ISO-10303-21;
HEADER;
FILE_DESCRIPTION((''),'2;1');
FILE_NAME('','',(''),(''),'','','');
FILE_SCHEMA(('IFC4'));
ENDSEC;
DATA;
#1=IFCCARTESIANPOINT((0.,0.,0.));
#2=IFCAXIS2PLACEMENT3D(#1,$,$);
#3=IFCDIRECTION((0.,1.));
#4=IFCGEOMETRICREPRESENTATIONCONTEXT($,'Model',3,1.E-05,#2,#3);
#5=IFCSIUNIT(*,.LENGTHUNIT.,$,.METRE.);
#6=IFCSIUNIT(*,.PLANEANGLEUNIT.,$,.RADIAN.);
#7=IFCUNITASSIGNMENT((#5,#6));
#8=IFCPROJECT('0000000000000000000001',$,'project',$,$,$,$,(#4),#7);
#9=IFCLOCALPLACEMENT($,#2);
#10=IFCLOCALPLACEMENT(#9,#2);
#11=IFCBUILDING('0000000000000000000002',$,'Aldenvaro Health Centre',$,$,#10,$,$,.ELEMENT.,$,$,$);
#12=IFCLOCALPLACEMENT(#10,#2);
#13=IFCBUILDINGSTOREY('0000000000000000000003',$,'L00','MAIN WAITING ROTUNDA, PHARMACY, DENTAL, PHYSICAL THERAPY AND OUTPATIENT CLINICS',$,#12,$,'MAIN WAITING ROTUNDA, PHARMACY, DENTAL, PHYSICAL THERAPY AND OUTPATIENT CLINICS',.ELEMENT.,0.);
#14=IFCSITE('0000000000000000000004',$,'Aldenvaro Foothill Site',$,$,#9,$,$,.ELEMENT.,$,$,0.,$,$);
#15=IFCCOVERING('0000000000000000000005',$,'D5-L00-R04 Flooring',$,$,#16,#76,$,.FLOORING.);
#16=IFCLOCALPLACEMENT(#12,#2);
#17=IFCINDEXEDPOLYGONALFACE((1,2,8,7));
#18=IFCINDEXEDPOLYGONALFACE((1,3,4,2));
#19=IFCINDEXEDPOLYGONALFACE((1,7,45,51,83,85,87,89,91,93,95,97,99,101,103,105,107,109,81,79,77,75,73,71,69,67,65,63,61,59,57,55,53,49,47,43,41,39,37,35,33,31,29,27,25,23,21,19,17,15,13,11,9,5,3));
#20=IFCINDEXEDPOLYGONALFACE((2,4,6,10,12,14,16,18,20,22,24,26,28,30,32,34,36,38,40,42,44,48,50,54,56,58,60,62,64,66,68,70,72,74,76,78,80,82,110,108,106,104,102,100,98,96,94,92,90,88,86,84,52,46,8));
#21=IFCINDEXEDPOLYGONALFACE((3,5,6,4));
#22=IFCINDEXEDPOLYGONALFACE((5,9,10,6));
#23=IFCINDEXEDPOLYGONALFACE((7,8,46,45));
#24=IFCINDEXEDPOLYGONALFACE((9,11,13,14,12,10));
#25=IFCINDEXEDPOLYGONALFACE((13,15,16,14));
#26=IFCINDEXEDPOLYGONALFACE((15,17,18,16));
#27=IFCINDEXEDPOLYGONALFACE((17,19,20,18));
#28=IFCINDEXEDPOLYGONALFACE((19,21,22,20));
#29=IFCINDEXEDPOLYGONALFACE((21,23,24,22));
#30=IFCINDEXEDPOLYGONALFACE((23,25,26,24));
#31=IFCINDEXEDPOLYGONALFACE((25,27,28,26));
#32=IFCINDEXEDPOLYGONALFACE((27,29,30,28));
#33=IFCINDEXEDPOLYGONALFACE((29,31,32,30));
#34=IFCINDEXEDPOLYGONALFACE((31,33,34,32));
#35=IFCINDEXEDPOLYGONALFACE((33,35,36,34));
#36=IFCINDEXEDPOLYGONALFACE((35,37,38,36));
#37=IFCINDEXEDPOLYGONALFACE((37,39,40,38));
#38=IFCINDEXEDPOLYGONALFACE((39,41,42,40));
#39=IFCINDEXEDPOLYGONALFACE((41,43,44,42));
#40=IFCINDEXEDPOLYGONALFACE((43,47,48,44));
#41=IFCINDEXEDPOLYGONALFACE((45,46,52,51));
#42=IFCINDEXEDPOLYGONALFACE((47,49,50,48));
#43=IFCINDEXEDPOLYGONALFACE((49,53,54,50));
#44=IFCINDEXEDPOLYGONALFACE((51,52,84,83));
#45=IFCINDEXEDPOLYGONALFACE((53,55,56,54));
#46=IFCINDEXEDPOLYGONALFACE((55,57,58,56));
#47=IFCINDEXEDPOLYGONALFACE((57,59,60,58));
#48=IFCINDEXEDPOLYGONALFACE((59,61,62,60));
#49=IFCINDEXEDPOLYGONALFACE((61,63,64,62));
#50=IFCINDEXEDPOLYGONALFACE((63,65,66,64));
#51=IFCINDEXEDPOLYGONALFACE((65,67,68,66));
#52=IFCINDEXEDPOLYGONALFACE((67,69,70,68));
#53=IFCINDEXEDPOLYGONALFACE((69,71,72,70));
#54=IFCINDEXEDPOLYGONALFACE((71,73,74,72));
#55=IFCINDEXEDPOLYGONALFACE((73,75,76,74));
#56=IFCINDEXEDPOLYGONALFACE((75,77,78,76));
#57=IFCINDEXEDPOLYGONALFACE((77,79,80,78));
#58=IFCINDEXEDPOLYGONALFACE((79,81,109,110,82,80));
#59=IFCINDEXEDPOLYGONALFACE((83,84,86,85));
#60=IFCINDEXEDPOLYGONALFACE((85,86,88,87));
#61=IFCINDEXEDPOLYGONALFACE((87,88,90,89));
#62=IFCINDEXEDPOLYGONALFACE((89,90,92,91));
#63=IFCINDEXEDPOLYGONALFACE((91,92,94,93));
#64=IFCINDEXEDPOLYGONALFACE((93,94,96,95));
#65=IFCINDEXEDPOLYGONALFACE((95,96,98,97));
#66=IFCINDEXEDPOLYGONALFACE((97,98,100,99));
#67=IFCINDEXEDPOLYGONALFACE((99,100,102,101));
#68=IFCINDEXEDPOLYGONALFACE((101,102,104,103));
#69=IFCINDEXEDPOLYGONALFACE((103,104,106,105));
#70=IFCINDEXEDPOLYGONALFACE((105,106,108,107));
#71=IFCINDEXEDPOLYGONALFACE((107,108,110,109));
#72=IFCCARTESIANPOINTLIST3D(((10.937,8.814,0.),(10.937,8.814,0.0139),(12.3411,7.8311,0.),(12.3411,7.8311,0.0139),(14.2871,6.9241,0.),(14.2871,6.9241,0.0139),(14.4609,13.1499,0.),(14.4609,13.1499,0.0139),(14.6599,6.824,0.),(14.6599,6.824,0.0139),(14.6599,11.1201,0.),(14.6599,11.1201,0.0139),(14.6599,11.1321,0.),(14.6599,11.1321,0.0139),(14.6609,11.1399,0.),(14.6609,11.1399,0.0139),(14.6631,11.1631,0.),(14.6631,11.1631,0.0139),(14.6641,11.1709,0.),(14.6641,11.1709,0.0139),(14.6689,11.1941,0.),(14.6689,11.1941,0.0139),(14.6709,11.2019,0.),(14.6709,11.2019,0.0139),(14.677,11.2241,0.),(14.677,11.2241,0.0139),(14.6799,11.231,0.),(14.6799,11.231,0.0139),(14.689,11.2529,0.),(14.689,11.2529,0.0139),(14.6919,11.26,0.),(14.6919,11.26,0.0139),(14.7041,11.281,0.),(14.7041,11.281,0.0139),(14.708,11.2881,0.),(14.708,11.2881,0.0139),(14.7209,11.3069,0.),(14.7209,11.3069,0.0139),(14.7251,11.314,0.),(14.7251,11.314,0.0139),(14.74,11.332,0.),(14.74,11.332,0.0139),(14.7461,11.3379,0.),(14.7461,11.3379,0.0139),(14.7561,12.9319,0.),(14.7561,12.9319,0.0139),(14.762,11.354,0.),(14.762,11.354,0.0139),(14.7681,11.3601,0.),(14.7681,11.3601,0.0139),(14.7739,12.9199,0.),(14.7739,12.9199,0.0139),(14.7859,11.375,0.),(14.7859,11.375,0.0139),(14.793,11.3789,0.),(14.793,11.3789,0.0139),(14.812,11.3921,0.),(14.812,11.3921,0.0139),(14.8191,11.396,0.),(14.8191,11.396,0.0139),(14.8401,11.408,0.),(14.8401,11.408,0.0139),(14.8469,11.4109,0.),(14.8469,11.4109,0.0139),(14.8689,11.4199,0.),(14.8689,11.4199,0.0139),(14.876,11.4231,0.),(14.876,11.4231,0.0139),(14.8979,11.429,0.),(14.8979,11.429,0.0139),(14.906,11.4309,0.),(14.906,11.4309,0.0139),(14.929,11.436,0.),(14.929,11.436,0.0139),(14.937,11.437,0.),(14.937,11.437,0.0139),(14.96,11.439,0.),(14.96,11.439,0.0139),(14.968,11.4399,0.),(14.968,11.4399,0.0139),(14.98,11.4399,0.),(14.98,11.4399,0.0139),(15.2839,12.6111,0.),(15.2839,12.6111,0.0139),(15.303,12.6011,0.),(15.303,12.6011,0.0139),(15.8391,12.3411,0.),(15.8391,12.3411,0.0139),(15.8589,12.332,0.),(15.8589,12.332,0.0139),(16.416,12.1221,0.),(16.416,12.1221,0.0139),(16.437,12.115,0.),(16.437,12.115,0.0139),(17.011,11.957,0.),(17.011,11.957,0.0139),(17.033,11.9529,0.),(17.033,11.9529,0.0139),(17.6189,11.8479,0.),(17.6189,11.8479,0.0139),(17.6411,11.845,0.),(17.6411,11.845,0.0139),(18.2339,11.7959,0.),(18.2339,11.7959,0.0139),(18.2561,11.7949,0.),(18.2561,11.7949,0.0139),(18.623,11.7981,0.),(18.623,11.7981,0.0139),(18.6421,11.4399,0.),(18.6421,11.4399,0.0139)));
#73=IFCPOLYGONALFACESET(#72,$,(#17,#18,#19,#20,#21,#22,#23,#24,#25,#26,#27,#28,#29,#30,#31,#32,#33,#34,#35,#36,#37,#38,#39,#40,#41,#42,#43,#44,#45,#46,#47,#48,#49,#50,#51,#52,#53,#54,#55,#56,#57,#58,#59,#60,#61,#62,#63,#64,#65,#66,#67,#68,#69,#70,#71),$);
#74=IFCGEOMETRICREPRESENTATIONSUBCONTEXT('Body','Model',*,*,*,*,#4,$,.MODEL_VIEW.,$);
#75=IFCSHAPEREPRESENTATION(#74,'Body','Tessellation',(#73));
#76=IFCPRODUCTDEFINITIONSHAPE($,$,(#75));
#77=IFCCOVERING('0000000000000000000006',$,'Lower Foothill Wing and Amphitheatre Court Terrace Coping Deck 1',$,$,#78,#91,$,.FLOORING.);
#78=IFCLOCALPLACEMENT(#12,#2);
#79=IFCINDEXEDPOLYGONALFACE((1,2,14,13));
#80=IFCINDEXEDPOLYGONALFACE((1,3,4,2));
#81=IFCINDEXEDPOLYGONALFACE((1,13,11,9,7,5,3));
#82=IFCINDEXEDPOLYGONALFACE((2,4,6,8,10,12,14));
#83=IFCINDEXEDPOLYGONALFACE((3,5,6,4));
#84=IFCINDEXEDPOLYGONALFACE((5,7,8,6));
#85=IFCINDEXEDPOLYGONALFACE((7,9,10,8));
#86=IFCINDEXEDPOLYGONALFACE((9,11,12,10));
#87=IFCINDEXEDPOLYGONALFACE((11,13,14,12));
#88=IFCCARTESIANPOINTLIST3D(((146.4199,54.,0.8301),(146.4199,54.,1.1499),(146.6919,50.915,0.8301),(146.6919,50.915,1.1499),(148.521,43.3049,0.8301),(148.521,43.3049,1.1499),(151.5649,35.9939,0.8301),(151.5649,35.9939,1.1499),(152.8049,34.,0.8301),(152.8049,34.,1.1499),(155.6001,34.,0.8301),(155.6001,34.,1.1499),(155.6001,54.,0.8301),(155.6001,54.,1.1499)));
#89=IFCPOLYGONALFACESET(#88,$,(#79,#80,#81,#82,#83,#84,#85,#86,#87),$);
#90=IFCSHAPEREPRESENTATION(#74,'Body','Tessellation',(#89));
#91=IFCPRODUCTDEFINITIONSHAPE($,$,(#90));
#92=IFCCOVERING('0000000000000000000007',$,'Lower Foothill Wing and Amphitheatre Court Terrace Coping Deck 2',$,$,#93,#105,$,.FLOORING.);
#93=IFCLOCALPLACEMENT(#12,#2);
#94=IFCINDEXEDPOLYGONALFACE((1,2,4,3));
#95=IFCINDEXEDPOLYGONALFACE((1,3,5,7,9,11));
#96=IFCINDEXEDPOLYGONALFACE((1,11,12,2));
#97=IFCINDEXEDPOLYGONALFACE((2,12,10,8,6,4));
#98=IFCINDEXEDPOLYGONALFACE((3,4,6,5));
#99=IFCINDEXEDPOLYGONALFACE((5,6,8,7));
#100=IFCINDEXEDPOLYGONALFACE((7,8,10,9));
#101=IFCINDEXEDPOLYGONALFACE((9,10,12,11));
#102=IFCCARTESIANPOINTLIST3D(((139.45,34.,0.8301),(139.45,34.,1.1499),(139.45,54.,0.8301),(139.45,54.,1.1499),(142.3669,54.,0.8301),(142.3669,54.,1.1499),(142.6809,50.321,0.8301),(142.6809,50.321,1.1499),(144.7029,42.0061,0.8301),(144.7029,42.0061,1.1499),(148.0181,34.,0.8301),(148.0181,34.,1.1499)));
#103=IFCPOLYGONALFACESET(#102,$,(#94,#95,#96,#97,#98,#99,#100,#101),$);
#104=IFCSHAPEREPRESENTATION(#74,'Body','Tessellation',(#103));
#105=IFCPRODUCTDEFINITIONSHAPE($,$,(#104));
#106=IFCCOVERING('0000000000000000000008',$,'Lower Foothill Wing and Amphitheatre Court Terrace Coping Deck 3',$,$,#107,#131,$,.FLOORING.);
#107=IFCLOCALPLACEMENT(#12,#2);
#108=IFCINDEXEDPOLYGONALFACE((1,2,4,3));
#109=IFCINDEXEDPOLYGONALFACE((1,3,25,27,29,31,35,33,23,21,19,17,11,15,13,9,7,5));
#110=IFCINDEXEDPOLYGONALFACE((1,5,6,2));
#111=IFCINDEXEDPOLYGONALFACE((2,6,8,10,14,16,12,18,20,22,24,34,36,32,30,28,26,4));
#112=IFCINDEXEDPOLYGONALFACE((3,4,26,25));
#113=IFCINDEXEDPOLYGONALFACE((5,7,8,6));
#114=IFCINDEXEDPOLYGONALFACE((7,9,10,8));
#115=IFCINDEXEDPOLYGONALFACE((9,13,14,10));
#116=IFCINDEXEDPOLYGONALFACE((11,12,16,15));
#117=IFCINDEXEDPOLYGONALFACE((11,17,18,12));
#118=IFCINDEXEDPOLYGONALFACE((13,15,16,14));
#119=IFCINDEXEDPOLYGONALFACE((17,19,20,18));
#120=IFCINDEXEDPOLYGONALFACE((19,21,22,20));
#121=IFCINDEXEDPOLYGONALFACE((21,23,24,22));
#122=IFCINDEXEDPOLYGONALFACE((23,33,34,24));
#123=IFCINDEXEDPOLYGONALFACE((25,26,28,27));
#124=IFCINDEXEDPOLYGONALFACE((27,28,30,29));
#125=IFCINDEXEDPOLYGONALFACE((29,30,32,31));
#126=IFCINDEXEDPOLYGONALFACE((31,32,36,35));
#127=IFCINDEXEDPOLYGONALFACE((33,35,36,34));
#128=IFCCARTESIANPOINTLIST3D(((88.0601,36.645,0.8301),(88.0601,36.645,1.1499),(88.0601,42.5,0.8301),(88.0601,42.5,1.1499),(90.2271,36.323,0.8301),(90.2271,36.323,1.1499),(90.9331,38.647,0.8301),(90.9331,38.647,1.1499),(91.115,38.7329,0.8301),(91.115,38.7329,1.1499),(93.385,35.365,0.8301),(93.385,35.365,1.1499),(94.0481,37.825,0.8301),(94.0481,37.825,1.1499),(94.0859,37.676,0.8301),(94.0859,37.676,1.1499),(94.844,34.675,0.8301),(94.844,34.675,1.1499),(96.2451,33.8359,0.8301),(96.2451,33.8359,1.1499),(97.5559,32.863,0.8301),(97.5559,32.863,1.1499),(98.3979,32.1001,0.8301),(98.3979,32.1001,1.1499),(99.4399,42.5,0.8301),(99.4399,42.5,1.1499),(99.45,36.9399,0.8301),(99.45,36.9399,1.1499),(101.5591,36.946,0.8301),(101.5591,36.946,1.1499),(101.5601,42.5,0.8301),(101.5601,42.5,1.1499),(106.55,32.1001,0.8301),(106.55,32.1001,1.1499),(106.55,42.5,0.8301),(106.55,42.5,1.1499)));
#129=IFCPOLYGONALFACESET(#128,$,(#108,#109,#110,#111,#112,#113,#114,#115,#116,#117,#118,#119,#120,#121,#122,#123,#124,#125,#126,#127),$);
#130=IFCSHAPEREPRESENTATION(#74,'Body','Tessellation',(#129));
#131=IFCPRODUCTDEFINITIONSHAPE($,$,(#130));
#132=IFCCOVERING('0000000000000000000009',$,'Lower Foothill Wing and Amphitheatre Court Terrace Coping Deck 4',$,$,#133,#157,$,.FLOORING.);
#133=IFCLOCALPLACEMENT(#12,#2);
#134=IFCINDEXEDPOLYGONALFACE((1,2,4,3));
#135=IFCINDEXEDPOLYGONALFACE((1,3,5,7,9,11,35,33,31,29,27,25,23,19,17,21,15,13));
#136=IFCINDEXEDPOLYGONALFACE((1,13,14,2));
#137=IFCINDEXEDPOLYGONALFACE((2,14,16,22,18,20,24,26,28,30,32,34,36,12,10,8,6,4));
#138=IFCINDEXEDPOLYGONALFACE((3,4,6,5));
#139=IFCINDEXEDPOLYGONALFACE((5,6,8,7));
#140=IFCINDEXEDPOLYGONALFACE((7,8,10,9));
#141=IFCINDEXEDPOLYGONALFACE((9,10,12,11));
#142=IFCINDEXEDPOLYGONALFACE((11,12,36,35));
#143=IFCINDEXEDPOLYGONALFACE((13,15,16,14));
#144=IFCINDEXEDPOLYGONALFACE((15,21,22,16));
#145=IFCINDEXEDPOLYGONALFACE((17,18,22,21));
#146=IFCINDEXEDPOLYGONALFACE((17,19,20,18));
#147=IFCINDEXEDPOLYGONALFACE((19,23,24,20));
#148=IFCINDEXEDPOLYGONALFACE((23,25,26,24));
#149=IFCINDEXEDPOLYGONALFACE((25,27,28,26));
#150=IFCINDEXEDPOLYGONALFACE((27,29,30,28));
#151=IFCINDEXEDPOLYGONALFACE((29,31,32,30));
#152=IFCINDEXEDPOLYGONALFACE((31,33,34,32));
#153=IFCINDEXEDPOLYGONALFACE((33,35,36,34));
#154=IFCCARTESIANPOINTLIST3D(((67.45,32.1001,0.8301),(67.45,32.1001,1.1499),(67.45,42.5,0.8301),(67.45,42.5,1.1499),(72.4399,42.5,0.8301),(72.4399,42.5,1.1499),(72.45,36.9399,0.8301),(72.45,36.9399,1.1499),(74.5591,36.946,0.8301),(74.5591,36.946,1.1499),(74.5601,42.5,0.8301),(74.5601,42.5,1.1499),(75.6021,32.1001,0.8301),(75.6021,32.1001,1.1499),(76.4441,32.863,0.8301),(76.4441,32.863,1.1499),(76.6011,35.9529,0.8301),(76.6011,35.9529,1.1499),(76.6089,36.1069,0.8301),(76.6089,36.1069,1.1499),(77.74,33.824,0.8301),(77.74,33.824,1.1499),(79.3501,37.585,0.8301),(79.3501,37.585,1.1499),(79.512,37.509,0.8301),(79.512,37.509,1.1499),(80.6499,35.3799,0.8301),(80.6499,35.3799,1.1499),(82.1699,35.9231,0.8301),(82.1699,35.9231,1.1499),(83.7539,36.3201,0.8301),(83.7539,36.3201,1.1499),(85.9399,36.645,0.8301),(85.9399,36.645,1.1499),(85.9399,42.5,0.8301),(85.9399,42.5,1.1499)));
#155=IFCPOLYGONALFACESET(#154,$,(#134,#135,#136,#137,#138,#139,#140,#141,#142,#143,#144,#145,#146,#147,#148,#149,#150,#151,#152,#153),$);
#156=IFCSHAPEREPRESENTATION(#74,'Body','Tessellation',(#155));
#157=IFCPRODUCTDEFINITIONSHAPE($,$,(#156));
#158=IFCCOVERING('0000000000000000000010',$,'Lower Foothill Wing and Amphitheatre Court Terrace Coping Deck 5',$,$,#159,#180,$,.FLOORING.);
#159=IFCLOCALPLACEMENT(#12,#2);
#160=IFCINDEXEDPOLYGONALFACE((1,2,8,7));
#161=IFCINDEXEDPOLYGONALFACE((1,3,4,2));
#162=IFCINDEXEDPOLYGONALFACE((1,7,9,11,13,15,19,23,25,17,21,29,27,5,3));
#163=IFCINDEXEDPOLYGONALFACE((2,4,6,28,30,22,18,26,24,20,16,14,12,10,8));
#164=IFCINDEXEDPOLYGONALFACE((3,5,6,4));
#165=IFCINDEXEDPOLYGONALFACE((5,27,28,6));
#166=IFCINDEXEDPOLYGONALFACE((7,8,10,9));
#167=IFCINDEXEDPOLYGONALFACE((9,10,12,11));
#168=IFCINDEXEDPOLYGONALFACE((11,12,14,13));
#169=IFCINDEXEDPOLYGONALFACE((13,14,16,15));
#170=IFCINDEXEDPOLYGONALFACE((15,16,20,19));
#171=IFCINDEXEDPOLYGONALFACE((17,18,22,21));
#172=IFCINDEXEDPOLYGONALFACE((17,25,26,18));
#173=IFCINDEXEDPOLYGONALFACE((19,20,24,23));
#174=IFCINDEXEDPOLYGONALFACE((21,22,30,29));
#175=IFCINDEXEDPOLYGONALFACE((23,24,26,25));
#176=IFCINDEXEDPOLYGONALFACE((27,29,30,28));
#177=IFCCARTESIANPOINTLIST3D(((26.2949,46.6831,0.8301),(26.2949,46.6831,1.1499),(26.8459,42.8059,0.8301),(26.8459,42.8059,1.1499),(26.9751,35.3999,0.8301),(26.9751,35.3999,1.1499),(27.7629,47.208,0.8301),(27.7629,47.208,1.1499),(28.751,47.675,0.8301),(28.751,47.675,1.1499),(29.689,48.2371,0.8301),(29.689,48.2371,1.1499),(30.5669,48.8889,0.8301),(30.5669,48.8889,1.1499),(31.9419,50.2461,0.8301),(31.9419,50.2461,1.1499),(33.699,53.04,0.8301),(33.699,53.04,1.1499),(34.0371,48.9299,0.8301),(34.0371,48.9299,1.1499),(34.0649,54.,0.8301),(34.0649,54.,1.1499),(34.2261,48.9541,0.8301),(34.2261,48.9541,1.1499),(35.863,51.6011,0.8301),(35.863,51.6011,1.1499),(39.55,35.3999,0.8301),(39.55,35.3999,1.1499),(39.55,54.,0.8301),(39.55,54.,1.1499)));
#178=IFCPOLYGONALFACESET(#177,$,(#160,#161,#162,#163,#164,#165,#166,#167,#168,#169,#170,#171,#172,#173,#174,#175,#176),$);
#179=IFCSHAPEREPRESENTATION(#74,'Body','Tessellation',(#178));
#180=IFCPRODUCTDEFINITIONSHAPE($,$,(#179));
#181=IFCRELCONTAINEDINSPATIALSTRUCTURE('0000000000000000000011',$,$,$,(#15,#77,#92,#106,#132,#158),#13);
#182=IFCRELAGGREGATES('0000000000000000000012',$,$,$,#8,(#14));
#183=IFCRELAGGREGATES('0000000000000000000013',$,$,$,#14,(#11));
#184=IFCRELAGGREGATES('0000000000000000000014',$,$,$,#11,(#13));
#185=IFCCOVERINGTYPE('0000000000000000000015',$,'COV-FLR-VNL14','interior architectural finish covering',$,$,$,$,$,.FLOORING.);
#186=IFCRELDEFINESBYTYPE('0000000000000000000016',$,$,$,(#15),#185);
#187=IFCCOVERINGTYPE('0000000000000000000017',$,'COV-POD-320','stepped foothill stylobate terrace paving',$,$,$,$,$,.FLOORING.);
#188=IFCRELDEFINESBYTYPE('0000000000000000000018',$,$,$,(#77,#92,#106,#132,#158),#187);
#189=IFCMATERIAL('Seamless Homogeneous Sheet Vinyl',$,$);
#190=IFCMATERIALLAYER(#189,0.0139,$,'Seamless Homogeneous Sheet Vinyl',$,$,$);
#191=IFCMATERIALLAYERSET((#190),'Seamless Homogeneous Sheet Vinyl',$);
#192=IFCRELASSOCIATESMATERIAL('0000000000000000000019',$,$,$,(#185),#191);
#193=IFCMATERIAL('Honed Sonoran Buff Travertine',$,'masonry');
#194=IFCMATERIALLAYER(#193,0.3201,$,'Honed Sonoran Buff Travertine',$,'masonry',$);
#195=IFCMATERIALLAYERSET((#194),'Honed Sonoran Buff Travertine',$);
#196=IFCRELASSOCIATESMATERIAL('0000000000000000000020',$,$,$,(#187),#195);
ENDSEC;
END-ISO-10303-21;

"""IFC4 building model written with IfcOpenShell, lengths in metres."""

from ifc_helpers import new_model, si_unit, direction, frame, origin, place, context, subcontext, project, spatial, polyline, outline, extrude, material, layer, layer_set, type_object, element, save


model = new_model("IFC4")

# Units and contexts
model_context = context("Model", 3, precision=1e-05, world=origin(), true_north=direction((0.0, 1.0)))
body_context = subcontext(model_context, "Body", "Model", "MODEL_VIEW")
ifc_project = project(units=[si_unit("LENGTHUNIT", "METRE"), si_unit("PLANEANGLEUNIT", "RADIAN")], contexts=[model_context])

# Site, building, storey
site_placement = place(None, origin())
site = spatial("IfcSite", under=ifc_project, at=site_placement, Name="Aldenvaro Foothill Site", CompositionType="ELEMENT", RefElevation=0.0)
building_placement = place(site_placement, origin())
building = spatial("IfcBuilding", under=site, at=building_placement, Name="Aldenvaro Health Centre", CompositionType="ELEMENT")
storey_placement = place(building_placement, origin())
storey = spatial("IfcBuildingStorey", under=building, at=storey_placement, Name="L00", Description="MAIN WAITING ROTUNDA, PHARMACY, DENTAL, PHYSICAL THERAPY AND OUTPATIENT CLINICS", LongName="MAIN WAITING ROTUNDA, PHARMACY, DENTAL, PHYSICAL THERAPY AND OUTPATIENT CLINICS", CompositionType="ELEMENT", Elevation=0.0)

# Coverings
ifc_material_1 = material(Name="Seamless Homogeneous Sheet Vinyl")
ifc_layer_1 = layer(ifc_material_1, 0.0139, Name="Seamless Homogeneous Sheet Vinyl")
ifc_layer_set_1 = layer_set([ifc_layer_1], Name="Seamless Homogeneous Sheet Vinyl")
covering_type_1 = type_object("IfcCoveringType", Name="COV-FLR-VNL14", Description="interior architectural finish covering", PredefinedType="FLOORING", material=ifc_layer_set_1)
covering_1_placement = place(storey_placement, origin())
element("IfcCovering", 1, at=covering_1_placement, inside=storey, type_object=covering_type_1, Name="D5-L00-R04 Flooring", PredefinedType="FLOORING", context=body_context, shape_type="SweptSolid", body=[
    extrude(outline(polyline([(14.7561, 12.9319), (14.7739, 12.9199), (15.2839, 12.6111), (15.303, 12.6011), (15.8391, 12.3411), (15.8589, 12.332), (16.416, 12.1221), (16.437, 12.115), (17.011, 11.957), (17.033, 11.9529), (17.6189, 11.8479), (17.6411, 11.845), (18.2339, 11.7959), (18.2561, 11.7949), (18.623, 11.7981), (18.6421, 11.4399), (14.98, 11.4399), (14.968, 11.4399), (14.96, 11.439), (14.937, 11.437), (14.929, 11.436), (14.906, 11.4309), (14.8979, 11.429), (14.876, 11.4231), (14.8689, 11.4199), (14.8469, 11.4109), (14.8401, 11.408), (14.8191, 11.396), (14.812, 11.3921), (14.793, 11.3789), (14.7859, 11.375), (14.7681, 11.3601), (14.762, 11.354), (14.7461, 11.3379), (14.74, 11.332), (14.7251, 11.314), (14.7209, 11.3069), (14.708, 11.2881), (14.7041, 11.281), (14.6919, 11.26), (14.689, 11.2529), (14.6799, 11.231), (14.677, 11.2241), (14.6709, 11.2019), (14.6689, 11.1941), (14.6641, 11.1709), (14.6631, 11.1631), (14.6609, 11.1399), (14.6599, 11.1321), (14.6599, 11.1201), (14.6599, 6.824), (14.2871, 6.9241), (12.3411, 7.8311), (10.937, 8.814), (14.4609, 13.1499), (14.7561, 12.9319)])), origin(), (0.0, 0.0, 1.0), 0.0139),
])
ifc_material_2 = material(Name="Honed Sonoran Buff Travertine", Category="masonry")
ifc_layer_2 = layer(ifc_material_2, 0.3201, Name="Honed Sonoran Buff Travertine", Category="masonry")
ifc_layer_set_2 = layer_set([ifc_layer_2], Name="Honed Sonoran Buff Travertine")
covering_type_2 = type_object("IfcCoveringType", Name="COV-POD-320", Description="stepped foothill stylobate terrace paving", PredefinedType="FLOORING", material=ifc_layer_set_2)
covering_2_placement = place(storey_placement, frame((0.0, 0.0, 0.8301)))
element("IfcCovering", 2, at=covering_2_placement, inside=storey, type_object=covering_type_2, Name="Lower Foothill Wing and Amphitheatre Court Terrace Coping Deck 1", PredefinedType="FLOORING", context=body_context, shape_type="SweptSolid", body=[
    extrude(outline(polyline([(146.6919, 50.915), (146.4199, 54.0), (155.6001, 54.0), (155.6001, 34.0), (152.8049, 34.0), (151.5649, 35.9939), (148.521, 43.3049), (146.6919, 50.915)])), origin(), (0.0, 0.0, 1.0), 0.3198),
])
covering_3_placement = place(storey_placement, frame((0.0, 0.0, 0.8301)))
element("IfcCovering", 3, at=covering_3_placement, inside=storey, type_object=covering_type_2, Name="Lower Foothill Wing and Amphitheatre Court Terrace Coping Deck 2", PredefinedType="FLOORING", context=body_context, shape_type="SweptSolid", body=[
    extrude(outline(polyline([(142.6809, 50.321), (144.7029, 42.0061), (148.0181, 34.0), (139.45, 34.0), (139.45, 54.0), (142.3669, 54.0), (142.6809, 50.321)])), origin(), (0.0, 0.0, 1.0), 0.3198),
])
covering_4_placement = place(storey_placement, frame((0.0, 0.0, 0.8301)))
element("IfcCovering", 4, at=covering_4_placement, inside=storey, type_object=covering_type_2, Name="Lower Foothill Wing and Amphitheatre Court Terrace Coping Deck 3", PredefinedType="FLOORING", context=body_context, shape_type="SweptSolid", body=[
    extrude(outline(polyline([(88.0601, 36.645), (88.0601, 42.5), (99.4399, 42.5), (99.45, 36.9399), (101.5591, 36.946), (101.5601, 42.5), (106.55, 42.5), (106.55, 32.1001), (98.3979, 32.1001), (97.5559, 32.863), (96.2451, 33.8359), (94.844, 34.675), (93.385, 35.365), (94.0859, 37.676), (94.0481, 37.825), (91.115, 38.7329), (90.9331, 38.647), (90.2271, 36.323), (88.0601, 36.645)])), origin(), (0.0, 0.0, 1.0), 0.3198),
])
covering_5_placement = place(storey_placement, frame((0.0, 0.0, 0.8301)))
element("IfcCovering", 5, at=covering_5_placement, inside=storey, type_object=covering_type_2, Name="Lower Foothill Wing and Amphitheatre Court Terrace Coping Deck 4", PredefinedType="FLOORING", context=body_context, shape_type="SweptSolid", body=[
    extrude(outline(polyline([(67.45, 32.1001), (67.45, 42.5), (72.4399, 42.5), (72.45, 36.9399), (74.5591, 36.946), (74.5601, 42.5), (85.9399, 42.5), (85.9399, 36.645), (83.7539, 36.3201), (82.1699, 35.9231), (80.6499, 35.3799), (79.512, 37.509), (79.3501, 37.585), (76.6089, 36.1069), (76.6011, 35.9529), (77.74, 33.824), (76.4441, 32.863), (75.6021, 32.1001), (67.45, 32.1001)])), origin(), (0.0, 0.0, 1.0), 0.3198),
])
covering_6_placement = place(storey_placement, frame((0.0, 0.0, 0.8301)))
element("IfcCovering", 6, at=covering_6_placement, inside=storey, type_object=covering_type_2, Name="Lower Foothill Wing and Amphitheatre Court Terrace Coping Deck 5", PredefinedType="FLOORING", context=body_context, shape_type="SweptSolid", body=[
    extrude(outline(polyline([(26.2949, 46.6831), (27.7629, 47.208), (28.751, 47.675), (29.689, 48.2371), (30.5669, 48.8889), (31.9419, 50.2461), (34.0371, 48.9299), (34.2261, 48.9541), (35.863, 51.6011), (33.699, 53.04), (34.0649, 54.0), (39.55, 54.0), (39.55, 35.3999), (26.9751, 35.3999), (26.8459, 42.8059), (26.2949, 46.6831)])), origin(), (0.0, 0.0, 1.0), 0.3198),
])

save(model, "model.ifc")
